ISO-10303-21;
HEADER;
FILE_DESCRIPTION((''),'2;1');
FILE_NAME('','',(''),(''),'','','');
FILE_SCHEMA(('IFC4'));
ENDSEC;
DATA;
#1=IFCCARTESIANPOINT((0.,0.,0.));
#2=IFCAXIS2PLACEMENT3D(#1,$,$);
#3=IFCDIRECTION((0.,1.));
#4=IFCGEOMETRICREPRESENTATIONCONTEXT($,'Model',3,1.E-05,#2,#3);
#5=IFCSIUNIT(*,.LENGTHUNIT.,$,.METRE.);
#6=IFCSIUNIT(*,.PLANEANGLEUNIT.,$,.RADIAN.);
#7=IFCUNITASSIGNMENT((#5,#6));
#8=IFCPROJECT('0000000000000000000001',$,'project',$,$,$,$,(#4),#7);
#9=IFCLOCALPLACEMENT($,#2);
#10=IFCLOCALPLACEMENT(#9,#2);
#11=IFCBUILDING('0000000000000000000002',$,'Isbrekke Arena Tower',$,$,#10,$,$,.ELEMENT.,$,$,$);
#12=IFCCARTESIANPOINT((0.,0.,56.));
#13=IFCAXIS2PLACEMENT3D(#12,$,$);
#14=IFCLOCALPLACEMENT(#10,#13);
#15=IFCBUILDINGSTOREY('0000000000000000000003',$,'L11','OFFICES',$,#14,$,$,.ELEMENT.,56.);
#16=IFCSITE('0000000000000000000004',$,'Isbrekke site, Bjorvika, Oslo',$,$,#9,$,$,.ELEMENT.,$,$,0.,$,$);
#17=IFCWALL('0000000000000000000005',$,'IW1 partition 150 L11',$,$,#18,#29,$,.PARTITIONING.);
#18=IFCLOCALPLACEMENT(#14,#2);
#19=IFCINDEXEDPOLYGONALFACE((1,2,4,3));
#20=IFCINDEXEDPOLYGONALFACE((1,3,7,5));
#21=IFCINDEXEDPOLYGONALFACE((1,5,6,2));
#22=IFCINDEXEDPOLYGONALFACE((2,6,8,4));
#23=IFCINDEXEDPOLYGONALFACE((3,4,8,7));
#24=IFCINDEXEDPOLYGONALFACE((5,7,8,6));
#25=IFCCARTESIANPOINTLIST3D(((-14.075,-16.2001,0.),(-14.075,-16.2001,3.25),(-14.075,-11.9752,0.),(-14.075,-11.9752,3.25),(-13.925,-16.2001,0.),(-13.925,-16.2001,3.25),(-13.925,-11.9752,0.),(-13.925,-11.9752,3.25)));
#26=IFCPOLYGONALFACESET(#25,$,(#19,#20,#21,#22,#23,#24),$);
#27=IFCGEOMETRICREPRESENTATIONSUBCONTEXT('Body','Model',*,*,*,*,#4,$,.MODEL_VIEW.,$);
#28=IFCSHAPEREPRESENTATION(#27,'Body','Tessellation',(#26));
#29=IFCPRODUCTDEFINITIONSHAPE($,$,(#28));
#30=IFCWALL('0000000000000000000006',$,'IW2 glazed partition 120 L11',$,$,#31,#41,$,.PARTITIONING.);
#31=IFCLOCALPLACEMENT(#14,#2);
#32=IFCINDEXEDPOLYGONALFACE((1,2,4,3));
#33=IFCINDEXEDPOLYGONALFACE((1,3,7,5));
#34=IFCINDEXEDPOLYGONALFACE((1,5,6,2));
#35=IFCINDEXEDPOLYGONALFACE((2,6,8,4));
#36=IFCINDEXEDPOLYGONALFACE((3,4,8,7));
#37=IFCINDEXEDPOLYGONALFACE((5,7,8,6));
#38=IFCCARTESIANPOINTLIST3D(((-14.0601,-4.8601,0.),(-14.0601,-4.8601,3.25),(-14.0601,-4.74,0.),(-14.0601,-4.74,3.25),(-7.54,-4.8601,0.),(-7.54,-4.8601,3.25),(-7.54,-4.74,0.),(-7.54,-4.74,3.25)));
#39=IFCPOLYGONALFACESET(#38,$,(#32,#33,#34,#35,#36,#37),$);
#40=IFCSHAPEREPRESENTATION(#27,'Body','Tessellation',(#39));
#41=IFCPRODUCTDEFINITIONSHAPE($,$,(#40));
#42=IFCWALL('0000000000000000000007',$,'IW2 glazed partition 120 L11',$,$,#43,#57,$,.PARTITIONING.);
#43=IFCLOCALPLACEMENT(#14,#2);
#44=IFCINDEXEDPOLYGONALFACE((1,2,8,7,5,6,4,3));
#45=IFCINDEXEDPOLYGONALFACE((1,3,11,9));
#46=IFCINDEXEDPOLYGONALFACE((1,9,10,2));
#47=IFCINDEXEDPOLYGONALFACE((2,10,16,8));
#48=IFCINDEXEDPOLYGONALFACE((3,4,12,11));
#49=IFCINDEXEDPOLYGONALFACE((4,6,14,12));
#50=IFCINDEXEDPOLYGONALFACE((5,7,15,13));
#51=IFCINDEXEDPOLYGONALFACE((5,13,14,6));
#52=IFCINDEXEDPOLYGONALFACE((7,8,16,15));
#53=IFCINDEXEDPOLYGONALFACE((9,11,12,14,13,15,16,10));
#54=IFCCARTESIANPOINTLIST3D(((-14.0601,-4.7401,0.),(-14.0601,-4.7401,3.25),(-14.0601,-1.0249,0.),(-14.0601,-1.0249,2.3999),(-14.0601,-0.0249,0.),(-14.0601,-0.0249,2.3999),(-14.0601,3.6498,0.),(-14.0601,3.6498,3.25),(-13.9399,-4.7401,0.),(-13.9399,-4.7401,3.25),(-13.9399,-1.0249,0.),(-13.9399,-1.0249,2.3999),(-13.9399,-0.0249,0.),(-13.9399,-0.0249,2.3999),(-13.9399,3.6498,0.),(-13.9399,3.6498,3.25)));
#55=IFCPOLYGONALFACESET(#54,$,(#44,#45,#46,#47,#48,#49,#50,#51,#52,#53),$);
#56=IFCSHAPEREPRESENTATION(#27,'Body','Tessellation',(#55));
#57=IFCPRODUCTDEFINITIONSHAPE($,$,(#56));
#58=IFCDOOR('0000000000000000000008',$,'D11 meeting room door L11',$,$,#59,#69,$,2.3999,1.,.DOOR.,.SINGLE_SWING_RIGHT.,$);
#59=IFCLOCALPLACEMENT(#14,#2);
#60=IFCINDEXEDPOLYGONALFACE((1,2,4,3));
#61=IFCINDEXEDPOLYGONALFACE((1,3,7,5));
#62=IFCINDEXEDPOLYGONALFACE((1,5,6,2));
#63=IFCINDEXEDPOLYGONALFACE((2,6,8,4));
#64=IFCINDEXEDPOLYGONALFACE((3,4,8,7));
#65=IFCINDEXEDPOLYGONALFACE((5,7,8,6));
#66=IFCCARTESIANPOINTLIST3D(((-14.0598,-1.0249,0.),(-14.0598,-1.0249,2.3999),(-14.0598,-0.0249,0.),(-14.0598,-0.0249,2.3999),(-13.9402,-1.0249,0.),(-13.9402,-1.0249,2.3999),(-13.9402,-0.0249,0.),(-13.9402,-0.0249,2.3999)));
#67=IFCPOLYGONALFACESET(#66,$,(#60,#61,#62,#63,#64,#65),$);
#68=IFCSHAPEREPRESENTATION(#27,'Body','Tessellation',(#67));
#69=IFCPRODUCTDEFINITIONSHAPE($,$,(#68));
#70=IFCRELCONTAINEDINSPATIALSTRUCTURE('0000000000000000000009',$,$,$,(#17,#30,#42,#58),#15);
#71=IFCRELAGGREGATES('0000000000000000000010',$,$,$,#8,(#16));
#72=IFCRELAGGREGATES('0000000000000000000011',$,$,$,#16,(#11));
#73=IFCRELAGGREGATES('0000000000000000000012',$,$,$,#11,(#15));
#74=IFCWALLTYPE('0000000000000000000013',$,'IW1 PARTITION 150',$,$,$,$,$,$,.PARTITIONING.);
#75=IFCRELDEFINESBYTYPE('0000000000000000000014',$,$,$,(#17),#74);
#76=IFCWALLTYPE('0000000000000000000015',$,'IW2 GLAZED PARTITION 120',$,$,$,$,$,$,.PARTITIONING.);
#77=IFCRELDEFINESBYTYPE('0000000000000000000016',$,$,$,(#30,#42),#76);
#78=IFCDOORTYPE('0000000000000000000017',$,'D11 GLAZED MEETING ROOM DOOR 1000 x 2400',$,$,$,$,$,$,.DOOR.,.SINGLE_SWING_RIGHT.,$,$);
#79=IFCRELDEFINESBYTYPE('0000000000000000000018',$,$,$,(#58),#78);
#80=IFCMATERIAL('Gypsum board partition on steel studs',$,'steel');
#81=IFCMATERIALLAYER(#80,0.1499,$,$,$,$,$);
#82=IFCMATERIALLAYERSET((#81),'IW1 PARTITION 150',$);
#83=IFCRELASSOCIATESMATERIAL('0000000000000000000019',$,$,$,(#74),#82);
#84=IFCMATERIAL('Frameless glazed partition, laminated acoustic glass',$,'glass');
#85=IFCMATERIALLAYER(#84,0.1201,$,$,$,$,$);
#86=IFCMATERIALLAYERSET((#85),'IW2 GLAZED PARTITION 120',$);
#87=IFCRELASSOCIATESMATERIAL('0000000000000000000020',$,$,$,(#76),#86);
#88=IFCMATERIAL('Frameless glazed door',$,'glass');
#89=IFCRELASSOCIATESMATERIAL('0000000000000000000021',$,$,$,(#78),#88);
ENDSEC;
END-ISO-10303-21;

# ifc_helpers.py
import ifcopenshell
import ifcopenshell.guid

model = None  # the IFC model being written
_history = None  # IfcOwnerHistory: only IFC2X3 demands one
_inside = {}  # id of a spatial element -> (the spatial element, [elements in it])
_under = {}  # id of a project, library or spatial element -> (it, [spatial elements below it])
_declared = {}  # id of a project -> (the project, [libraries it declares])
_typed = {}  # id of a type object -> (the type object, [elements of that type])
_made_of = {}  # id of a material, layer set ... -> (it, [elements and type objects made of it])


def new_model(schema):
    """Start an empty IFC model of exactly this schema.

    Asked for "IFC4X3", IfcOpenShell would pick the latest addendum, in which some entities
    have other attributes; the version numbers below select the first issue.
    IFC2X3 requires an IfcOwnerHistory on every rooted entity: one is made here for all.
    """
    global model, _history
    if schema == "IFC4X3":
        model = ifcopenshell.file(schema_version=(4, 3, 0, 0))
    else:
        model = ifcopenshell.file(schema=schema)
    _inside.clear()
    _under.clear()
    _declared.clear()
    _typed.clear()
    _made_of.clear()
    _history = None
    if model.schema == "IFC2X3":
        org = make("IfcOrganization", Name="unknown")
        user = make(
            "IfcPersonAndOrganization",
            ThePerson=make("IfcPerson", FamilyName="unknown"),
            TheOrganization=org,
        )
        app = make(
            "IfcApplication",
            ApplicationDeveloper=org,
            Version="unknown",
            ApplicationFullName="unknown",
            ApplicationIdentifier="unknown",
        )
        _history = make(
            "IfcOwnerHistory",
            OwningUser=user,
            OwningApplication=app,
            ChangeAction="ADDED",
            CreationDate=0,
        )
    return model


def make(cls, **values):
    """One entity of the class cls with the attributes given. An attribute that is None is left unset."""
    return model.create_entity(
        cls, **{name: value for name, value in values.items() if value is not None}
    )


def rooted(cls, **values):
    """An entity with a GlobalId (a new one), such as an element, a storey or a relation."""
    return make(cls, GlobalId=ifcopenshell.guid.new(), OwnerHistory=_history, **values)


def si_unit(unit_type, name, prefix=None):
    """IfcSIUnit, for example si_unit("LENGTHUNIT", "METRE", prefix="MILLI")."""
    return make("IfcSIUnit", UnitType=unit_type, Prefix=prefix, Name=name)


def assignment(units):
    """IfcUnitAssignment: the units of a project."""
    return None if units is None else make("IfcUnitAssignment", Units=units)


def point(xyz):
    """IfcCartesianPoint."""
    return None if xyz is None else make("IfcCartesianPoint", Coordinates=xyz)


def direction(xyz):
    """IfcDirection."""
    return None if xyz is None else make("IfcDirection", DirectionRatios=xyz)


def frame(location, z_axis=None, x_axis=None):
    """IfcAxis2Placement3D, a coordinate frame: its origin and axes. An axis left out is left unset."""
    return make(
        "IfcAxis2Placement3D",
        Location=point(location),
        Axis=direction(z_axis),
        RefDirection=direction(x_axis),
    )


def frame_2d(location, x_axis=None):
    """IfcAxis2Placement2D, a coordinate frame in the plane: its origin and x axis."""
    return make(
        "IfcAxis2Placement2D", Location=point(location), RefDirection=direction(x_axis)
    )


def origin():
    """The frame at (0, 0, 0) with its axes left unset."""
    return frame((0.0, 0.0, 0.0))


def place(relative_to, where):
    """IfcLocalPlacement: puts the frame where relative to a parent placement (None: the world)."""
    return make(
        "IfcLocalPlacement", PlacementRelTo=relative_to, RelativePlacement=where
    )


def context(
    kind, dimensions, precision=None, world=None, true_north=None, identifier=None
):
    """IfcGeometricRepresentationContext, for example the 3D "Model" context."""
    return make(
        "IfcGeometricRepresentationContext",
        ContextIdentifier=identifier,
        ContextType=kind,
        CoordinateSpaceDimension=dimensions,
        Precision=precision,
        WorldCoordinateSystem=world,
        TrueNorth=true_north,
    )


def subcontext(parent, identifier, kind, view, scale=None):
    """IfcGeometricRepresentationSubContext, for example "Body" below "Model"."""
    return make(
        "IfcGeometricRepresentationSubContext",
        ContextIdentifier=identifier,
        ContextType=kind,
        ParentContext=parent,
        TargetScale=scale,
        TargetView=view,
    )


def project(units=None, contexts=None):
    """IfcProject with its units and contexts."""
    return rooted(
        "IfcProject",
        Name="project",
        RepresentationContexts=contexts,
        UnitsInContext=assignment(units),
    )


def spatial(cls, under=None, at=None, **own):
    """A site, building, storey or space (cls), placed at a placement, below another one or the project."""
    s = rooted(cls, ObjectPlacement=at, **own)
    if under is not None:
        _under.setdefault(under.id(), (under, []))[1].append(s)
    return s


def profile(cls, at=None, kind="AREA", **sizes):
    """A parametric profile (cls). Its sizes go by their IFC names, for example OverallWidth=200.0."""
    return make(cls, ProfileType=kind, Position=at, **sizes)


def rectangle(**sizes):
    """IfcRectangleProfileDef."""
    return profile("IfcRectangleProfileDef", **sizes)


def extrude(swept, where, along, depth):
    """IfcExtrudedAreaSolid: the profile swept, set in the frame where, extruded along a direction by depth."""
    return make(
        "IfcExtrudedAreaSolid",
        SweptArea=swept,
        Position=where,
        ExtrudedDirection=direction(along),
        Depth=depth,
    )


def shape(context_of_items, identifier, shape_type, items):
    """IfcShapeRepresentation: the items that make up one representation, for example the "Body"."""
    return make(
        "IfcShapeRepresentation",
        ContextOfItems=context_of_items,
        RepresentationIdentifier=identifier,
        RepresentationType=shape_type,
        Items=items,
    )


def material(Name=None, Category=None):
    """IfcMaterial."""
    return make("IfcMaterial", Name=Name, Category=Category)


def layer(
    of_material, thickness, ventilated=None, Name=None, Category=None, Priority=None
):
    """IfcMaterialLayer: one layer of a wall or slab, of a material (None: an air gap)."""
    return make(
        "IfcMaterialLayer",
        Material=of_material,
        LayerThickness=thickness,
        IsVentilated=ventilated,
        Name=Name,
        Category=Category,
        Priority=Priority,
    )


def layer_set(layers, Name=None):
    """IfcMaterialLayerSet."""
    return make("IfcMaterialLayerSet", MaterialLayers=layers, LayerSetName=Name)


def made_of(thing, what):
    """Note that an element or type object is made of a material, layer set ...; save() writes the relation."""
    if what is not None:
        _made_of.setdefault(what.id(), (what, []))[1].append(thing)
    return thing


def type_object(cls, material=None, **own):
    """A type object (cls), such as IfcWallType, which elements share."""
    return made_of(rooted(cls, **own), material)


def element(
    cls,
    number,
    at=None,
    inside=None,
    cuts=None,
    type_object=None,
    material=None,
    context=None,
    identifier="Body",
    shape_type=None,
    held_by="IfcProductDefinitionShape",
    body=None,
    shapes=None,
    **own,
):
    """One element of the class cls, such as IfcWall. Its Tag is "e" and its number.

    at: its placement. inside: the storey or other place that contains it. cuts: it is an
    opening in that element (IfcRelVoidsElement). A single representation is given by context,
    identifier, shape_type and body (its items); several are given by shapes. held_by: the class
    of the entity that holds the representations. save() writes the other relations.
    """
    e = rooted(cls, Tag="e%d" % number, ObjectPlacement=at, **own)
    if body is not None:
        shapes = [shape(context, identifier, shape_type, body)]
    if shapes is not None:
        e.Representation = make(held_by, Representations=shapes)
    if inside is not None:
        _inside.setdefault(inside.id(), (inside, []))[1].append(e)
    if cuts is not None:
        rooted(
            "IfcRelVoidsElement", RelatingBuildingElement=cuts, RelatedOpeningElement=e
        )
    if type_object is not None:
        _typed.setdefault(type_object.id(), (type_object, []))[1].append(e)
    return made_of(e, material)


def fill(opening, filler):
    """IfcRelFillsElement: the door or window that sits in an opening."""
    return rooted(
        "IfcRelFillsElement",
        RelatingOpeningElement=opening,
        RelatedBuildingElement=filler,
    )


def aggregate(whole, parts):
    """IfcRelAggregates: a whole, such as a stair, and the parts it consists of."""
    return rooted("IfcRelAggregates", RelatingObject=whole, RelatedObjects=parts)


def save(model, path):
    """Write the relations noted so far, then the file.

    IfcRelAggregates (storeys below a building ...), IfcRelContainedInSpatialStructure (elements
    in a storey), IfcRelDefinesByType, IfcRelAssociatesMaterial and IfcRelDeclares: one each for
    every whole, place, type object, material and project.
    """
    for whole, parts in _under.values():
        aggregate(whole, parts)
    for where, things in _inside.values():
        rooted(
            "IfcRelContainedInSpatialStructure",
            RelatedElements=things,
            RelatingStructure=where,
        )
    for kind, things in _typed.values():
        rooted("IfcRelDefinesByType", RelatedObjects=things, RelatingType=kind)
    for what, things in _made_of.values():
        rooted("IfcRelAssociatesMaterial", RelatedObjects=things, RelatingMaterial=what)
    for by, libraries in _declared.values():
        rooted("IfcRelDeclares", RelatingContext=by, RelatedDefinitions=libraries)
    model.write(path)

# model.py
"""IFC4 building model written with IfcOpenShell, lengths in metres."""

from ifc_helpers import new_model, si_unit, direction, frame, frame_2d, origin, place, context, subcontext, project, spatial, rectangle, extrude, material, layer, layer_set, type_object, element, fill, save


model = new_model("IFC4")

# Units and contexts
model_context = context("Model", 3, precision=1e-05, world=origin(), true_north=direction((0.0, 1.0)))
body_context = subcontext(model_context, "Body", "Model", "MODEL_VIEW")
ifc_project = project(units=[si_unit("LENGTHUNIT", "METRE"), si_unit("PLANEANGLEUNIT", "RADIAN")], contexts=[model_context])

# Site, building, storey
site_placement = place(None, origin())
site = spatial("IfcSite", under=ifc_project, at=site_placement, Name="Isbrekke site, Bjorvika, Oslo", CompositionType="ELEMENT", RefElevation=0.0)
building_placement = place(site_placement, origin())
building = spatial("IfcBuilding", under=site, at=building_placement, Name="Isbrekke Arena Tower", CompositionType="ELEMENT")
storey_placement = place(building_placement, frame((0.0, 0.0, 56.0)))
storey = spatial("IfcBuildingStorey", under=building, at=storey_placement, Name="L11", Description="OFFICES", CompositionType="ELEMENT", Elevation=56.0)

# Walls
ifc_material_1 = material(Name="Gypsum board partition on steel studs", Category="steel")
ifc_layer_1 = layer(ifc_material_1, 0.1499)
ifc_layer_set_1 = layer_set([ifc_layer_1], Name="IW1 PARTITION 150")
wall_type_1 = type_object("IfcWallType", Name="IW1 PARTITION 150", PredefinedType="PARTITIONING", material=ifc_layer_set_1)
for number, where, z_axis, x_axis, name in (
    (1, (-14.0, -16.2, 0.0), (0.0, 0.0, 1.0), (0.0, 1.0, 0.0), "IW1 partition 150 L11"),
):
    element("IfcWall", number, at=place(storey_placement, frame(where, z_axis=z_axis, x_axis=x_axis)), inside=storey, type_object=wall_type_1, Name=name, PredefinedType="PARTITIONING", context=body_context, shape_type="SweptSolid", body=[
        extrude(rectangle(XDim=4.2249, YDim=0.1499, at=frame_2d((2.1123, 0.0))), origin(), (0.0, 0.0, 1.0), 3.25),
    ])
ifc_material_2 = material(Name="Frameless glazed partition, laminated acoustic glass", Category="glass")
ifc_layer_2 = layer(ifc_material_2, 0.1201)
ifc_layer_set_2 = layer_set([ifc_layer_2], Name="IW2 GLAZED PARTITION 120")
wall_type_2 = type_object("IfcWallType", Name="IW2 GLAZED PARTITION 120", PredefinedType="PARTITIONING", material=ifc_layer_set_2)
wall_1_placement = place(storey_placement, frame((-14.0601, -4.8, 0.0), z_axis=(0.0, 0.0, 1.0), x_axis=(1.0, 0.0, 0.0)))
element("IfcWall", 2, at=wall_1_placement, inside=storey, type_object=wall_type_2, Name="IW2 glazed partition 120 L11", PredefinedType="PARTITIONING", context=body_context, shape_type="SweptSolid", body=[
    extrude(rectangle(XDim=6.52, YDim=0.1201, at=frame_2d((3.26, 0.0))), origin(), (0.0, 0.0, 1.0), 3.25),
])

# Wall, opening, door
wall_2_placement = place(storey_placement, frame((-14.0, -4.74, 0.0), z_axis=(0.0, 0.0, 1.0), x_axis=(0.0, 1.0, 0.0)))
wall_2 = element("IfcWall", 3, at=wall_2_placement, inside=storey, type_object=wall_type_2, Name="IW2 glazed partition 120 L11", PredefinedType="PARTITIONING", context=body_context, shape_type="SweptSolid", body=[
    extrude(rectangle(XDim=8.3899, YDim=0.1201, at=frame_2d((4.1948, 0.0))), origin(), (0.0, 0.0, 1.0), 3.25),
])
opening_placement = place(wall_2_placement, frame((3.7151, 0.0, 0.0)))
opening = element("IfcOpeningElement", 4, at=opening_placement, cuts=wall_2, PredefinedType="OPENING", context=body_context, shape_type="SweptSolid", body=[
    extrude(rectangle(XDim=1.0, YDim=2.3999, at=frame_2d((0.5, 1.2))), frame((0.0, 0.075, 0.0), z_axis=(0.0, -1.0, 0.0), x_axis=(1.0, 0.0, 0.0)), (0.0, 0.0, 1.0), 0.1499),
])
ifc_material_3 = material(Name="Frameless glazed door", Category="glass")
door_type = type_object("IfcDoorType", Name="D11 GLAZED MEETING ROOM DOOR 1000 x 2400", OperationType="SINGLE_SWING_RIGHT", PredefinedType="DOOR", material=ifc_material_3)
door_placement = place(opening_placement, origin())
door = element("IfcDoor", 5, at=door_placement, inside=storey, type_object=door_type, Name="D11 meeting room door L11", OperationType="SINGLE_SWING_RIGHT", OverallHeight=2.3999, OverallWidth=1.0, PredefinedType="DOOR", context=body_context, shape_type="SweptSolid", body=[
    extrude(rectangle(XDim=1.0, YDim=2.3999, at=frame_2d((0.5, 1.2))), frame((0.0, 0.0598, 0.0), z_axis=(0.0, -1.0, 0.0), x_axis=(1.0, 0.0, 0.0)), (0.0, 0.0, 1.0), 0.1196),
])
fill(opening, door)

save(model, "model.ifc")
